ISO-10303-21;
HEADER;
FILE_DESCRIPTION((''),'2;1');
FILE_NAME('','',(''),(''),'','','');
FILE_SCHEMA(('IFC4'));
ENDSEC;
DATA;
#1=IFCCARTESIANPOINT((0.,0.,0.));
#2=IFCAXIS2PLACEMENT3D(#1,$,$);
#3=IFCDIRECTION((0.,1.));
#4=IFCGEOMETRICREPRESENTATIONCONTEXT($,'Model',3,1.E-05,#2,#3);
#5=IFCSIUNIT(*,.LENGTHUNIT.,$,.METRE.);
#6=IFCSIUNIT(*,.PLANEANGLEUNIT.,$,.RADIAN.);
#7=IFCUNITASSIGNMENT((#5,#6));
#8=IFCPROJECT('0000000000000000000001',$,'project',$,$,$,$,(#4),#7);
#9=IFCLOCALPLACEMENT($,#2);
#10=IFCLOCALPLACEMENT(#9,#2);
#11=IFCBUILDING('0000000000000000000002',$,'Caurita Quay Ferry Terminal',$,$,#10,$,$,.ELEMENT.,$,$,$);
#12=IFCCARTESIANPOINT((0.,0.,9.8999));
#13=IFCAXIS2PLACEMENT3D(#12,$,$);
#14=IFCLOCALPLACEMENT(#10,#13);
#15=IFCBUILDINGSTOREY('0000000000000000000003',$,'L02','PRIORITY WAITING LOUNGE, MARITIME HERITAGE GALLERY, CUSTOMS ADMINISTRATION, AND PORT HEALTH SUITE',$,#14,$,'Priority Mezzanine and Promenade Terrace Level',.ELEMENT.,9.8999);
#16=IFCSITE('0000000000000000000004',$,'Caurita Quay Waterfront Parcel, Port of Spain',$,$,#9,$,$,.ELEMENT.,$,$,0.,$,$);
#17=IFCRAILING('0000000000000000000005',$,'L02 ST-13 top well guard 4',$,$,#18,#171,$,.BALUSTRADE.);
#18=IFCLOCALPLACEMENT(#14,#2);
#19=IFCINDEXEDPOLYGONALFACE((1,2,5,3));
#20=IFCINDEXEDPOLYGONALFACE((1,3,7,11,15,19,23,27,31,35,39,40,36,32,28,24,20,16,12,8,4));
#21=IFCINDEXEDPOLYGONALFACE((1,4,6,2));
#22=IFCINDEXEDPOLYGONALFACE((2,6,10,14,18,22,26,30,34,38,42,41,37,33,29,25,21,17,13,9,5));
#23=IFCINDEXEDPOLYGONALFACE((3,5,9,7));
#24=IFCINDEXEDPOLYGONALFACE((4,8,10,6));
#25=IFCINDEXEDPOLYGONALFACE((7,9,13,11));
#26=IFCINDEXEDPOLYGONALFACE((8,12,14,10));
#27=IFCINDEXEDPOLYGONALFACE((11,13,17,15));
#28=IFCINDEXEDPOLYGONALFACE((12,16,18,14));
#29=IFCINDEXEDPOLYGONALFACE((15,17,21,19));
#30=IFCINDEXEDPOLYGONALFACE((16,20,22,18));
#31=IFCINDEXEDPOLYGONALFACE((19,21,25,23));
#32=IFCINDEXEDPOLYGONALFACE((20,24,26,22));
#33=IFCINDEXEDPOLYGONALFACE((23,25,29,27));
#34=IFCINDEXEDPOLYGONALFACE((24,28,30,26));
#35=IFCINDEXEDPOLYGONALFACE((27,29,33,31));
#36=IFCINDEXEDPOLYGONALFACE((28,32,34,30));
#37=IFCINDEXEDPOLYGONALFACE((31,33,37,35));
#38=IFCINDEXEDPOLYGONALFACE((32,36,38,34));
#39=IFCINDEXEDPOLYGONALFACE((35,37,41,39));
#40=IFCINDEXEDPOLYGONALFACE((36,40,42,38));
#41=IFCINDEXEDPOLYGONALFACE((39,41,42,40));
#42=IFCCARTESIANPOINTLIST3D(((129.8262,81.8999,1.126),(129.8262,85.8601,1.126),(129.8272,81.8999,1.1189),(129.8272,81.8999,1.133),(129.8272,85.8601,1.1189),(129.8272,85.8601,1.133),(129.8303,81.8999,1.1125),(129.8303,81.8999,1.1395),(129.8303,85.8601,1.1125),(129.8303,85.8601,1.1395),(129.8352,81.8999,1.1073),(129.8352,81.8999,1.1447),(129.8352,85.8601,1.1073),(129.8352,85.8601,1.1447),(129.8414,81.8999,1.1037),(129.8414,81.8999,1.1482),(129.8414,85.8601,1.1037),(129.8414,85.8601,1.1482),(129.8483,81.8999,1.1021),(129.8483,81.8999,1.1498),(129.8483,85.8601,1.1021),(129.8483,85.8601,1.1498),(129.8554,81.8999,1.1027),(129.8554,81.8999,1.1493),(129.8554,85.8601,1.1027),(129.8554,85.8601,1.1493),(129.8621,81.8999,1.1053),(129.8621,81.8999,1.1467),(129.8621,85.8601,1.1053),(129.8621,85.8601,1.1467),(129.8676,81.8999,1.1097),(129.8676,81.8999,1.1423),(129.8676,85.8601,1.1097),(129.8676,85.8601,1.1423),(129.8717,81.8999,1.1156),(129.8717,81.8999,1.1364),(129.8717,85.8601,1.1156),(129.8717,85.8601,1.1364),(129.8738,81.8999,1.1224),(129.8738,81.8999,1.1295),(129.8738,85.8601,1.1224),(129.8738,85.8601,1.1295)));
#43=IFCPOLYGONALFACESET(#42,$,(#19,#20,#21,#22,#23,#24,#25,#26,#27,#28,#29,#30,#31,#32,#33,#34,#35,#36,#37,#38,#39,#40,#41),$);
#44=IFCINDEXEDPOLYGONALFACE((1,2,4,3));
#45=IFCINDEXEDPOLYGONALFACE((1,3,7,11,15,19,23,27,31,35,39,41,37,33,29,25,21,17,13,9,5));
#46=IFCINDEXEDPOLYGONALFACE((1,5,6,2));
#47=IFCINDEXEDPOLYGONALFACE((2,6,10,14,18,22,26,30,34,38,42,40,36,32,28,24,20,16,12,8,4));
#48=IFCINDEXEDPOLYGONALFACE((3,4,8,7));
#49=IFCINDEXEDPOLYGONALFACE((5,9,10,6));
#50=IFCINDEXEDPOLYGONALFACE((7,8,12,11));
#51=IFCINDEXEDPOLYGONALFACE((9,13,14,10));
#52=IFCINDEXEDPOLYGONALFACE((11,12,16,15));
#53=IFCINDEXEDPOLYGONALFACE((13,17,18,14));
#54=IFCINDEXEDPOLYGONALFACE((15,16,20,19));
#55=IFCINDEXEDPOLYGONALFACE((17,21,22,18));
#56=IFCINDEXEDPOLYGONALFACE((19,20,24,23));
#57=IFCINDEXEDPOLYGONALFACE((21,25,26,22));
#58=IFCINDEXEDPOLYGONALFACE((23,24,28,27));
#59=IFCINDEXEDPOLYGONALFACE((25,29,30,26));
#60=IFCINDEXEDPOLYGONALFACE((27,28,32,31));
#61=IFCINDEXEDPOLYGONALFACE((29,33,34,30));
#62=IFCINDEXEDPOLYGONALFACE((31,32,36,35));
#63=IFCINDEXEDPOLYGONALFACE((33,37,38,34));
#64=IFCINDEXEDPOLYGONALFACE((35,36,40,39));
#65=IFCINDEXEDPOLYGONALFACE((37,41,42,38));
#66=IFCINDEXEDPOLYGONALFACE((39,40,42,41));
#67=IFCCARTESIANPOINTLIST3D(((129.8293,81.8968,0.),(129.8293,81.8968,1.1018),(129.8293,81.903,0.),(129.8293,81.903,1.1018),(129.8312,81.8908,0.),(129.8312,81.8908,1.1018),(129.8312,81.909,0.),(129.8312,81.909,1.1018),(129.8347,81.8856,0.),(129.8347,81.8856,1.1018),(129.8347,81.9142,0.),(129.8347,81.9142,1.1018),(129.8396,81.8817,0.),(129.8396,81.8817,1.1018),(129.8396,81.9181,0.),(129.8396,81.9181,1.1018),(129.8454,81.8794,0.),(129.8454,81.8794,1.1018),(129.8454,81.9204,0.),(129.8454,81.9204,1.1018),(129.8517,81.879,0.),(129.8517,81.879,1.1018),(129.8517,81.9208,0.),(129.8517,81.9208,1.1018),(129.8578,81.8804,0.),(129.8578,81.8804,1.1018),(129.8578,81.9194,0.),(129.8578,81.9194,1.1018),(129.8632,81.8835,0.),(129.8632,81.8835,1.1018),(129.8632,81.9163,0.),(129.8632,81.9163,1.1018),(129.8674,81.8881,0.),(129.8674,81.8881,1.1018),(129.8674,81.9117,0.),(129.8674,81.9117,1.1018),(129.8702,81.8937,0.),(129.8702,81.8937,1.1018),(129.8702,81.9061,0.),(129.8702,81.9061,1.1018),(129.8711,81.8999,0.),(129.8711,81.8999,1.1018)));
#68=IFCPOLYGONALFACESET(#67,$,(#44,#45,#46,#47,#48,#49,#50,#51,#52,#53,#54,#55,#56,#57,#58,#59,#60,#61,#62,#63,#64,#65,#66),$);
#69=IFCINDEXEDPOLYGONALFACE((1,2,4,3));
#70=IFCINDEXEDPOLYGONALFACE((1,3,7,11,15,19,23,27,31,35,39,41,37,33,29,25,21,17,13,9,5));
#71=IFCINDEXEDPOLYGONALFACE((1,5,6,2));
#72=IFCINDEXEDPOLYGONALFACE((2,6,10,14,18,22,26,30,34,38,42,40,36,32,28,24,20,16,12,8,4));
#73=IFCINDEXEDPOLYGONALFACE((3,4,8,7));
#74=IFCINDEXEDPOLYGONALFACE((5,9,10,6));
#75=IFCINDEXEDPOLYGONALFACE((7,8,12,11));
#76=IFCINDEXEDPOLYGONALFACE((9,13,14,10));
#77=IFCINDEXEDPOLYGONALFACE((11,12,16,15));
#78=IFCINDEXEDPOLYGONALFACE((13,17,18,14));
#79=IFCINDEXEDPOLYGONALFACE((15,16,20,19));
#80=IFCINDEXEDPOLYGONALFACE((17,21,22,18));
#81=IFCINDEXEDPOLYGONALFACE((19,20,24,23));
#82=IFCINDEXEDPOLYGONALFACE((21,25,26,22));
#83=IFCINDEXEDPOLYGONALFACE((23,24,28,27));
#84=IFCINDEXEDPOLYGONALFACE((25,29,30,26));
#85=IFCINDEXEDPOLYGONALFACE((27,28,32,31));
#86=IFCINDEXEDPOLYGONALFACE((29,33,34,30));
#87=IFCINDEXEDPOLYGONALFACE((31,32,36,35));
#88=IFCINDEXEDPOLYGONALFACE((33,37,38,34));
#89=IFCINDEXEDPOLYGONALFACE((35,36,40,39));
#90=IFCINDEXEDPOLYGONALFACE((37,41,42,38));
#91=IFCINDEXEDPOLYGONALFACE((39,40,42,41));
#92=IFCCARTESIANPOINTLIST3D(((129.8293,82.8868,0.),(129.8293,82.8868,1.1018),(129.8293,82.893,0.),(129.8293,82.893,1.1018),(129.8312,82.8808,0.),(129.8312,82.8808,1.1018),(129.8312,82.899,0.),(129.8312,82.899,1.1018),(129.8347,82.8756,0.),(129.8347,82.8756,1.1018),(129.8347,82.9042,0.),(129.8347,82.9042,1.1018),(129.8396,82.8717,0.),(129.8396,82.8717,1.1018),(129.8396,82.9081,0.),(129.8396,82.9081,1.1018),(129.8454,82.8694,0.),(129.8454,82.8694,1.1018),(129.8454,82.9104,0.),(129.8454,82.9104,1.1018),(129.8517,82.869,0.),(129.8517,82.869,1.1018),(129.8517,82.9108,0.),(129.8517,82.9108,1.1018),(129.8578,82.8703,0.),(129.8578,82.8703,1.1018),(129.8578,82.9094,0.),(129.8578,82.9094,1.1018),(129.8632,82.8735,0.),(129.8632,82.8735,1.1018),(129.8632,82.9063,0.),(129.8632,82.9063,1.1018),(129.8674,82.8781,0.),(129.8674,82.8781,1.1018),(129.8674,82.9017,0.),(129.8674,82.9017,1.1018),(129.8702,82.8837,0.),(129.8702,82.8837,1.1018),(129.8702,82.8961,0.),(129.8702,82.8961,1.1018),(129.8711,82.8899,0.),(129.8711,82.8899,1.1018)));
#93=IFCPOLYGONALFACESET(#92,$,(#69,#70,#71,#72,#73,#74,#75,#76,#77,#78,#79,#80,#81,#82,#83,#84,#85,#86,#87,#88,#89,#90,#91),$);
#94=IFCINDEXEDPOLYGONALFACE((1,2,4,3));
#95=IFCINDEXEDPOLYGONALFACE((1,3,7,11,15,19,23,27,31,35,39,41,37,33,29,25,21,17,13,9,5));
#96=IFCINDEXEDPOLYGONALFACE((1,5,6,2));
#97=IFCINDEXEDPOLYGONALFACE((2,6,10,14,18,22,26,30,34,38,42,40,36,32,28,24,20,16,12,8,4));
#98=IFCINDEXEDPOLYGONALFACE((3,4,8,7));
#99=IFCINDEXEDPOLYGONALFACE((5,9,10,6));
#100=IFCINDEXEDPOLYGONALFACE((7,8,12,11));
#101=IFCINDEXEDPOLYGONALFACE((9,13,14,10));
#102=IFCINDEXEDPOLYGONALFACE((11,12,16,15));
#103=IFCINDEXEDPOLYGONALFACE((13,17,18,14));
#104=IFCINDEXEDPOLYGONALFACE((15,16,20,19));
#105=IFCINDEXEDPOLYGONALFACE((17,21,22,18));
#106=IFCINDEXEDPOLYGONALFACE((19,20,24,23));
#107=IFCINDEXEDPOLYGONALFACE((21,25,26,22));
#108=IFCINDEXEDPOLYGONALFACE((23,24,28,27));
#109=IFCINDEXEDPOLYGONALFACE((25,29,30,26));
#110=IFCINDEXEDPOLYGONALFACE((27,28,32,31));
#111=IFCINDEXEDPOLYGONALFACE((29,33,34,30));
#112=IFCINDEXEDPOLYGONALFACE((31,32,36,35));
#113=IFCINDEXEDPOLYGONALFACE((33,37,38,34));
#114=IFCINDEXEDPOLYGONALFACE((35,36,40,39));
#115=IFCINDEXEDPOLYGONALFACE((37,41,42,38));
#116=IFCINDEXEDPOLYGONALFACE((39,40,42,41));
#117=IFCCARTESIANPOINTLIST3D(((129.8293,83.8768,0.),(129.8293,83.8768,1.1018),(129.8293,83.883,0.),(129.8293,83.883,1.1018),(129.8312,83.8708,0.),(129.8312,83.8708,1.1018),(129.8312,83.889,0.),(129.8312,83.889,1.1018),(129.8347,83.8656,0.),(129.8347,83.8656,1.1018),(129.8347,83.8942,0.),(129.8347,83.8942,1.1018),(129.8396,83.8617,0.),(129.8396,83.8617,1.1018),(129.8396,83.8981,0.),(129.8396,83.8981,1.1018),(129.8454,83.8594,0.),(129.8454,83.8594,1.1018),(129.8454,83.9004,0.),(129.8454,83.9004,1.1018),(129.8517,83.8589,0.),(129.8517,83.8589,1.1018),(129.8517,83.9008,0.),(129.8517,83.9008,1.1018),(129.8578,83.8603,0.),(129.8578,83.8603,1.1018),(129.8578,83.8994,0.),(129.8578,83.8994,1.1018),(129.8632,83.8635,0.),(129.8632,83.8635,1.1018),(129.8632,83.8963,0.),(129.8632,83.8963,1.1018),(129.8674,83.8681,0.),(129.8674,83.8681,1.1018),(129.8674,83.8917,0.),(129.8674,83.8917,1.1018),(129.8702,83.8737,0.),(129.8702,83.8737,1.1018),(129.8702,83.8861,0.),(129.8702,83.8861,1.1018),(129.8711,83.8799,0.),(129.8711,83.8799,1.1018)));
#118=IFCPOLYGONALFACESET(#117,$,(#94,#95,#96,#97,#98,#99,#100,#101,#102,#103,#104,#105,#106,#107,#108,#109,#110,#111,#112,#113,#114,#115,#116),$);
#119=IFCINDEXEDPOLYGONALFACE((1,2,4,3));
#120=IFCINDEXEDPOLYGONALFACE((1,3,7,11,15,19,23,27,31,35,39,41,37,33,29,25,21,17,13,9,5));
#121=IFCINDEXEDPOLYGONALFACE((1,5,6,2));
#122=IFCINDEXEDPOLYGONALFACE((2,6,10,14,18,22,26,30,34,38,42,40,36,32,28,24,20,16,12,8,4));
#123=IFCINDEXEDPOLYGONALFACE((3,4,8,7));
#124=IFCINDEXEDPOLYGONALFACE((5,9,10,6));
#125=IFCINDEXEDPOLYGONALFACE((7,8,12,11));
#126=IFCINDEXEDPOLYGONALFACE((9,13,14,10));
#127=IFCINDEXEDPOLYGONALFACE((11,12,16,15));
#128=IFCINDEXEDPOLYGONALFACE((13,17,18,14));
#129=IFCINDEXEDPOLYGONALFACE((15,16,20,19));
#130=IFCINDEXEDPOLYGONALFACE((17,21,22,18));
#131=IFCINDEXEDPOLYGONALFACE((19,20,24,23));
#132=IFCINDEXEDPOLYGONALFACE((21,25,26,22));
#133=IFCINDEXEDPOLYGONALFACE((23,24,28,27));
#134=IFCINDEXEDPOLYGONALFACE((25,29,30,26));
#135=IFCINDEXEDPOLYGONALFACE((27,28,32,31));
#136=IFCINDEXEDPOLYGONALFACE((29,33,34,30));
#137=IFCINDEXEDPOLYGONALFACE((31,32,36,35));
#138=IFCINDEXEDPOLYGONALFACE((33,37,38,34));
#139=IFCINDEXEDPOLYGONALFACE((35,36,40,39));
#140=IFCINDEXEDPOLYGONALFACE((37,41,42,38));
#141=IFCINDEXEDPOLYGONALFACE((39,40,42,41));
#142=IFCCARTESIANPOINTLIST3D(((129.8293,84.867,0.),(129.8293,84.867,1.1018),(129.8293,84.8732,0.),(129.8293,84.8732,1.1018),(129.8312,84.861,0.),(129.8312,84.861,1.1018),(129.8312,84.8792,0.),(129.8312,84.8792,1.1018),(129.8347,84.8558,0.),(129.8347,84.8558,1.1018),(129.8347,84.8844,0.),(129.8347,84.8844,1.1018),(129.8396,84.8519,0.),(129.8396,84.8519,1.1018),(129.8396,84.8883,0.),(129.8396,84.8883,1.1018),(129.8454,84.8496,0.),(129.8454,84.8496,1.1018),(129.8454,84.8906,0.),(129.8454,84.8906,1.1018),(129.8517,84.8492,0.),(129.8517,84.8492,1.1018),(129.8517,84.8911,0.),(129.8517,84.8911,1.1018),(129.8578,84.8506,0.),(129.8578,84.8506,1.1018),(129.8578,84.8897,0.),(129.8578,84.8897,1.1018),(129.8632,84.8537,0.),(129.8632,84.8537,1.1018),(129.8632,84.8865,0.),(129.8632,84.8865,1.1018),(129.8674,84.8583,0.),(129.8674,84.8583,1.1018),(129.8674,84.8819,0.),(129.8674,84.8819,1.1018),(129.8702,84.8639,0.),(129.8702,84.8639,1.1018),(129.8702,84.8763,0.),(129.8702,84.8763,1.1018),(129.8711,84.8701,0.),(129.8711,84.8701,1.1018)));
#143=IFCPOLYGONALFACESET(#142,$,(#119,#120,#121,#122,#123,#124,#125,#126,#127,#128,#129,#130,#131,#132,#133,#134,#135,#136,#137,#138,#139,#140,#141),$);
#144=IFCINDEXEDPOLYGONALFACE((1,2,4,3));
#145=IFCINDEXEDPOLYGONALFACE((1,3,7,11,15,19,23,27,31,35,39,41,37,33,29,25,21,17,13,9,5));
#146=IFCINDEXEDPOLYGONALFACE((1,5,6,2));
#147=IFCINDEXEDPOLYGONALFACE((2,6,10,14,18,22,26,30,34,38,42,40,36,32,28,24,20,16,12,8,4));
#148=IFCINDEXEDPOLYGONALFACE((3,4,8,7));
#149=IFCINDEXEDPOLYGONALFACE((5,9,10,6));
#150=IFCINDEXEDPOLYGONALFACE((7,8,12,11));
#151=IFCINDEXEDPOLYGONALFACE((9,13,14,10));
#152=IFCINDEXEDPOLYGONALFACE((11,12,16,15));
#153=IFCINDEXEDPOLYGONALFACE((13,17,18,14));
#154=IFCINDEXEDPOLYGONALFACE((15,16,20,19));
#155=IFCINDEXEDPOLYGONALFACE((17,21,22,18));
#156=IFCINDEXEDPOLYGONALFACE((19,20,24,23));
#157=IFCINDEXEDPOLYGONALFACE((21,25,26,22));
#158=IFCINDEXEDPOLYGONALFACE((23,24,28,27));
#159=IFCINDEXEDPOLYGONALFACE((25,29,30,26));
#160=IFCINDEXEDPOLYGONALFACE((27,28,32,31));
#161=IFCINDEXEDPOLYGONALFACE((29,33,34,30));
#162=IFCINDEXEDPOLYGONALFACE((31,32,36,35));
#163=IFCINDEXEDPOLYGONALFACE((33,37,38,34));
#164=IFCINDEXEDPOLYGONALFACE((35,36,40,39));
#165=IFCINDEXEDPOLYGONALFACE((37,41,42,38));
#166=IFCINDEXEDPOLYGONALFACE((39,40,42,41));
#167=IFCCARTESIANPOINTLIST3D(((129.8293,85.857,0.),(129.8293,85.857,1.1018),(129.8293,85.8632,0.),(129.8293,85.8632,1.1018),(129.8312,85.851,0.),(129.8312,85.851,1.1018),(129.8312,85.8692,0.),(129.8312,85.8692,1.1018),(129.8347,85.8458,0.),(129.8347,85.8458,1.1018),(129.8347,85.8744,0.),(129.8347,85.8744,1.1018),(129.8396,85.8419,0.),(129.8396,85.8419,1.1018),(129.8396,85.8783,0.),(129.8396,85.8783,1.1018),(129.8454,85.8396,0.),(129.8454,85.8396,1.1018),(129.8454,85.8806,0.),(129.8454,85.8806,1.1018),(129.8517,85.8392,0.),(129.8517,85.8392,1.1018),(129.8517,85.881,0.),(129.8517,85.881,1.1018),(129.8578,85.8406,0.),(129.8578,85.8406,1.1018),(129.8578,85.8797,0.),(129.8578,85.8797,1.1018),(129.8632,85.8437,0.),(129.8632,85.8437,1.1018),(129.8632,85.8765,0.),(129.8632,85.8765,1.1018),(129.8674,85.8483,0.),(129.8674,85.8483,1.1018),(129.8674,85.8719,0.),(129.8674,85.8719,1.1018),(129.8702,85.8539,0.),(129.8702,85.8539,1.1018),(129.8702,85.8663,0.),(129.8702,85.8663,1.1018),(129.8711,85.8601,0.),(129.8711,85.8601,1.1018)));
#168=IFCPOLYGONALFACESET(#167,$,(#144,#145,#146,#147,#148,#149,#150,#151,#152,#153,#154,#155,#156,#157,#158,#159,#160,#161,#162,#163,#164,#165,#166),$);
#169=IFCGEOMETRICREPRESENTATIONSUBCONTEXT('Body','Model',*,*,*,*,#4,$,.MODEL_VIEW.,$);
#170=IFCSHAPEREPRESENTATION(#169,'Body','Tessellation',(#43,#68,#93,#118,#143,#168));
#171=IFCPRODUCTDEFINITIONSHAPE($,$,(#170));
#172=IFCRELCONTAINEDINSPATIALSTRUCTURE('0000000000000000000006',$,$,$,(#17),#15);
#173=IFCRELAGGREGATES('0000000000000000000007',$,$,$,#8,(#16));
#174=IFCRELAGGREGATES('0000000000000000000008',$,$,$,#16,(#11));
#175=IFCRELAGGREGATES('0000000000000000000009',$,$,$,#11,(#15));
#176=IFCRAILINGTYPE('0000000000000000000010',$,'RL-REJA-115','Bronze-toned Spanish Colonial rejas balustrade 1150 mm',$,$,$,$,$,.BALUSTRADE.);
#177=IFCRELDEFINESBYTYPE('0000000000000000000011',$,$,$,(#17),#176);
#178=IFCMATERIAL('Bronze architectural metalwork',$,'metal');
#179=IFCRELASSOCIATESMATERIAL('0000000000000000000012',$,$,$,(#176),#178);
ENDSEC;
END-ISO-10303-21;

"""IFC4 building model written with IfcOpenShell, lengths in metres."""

from ifc_helpers import new_model, si_unit, direction, frame, origin, origin_2d, place, context, subcontext, project, spatial, circle, extrude, material, type_object, element, save


model = new_model("IFC4")

# Units and contexts
model_context = context("Model", 3, precision=1e-05, world=origin(), true_north=direction((0.0, 1.0)))
body_context = subcontext(model_context, "Body", "Model", "MODEL_VIEW")
ifc_project = project(units=[si_unit("LENGTHUNIT", "METRE"), si_unit("PLANEANGLEUNIT", "RADIAN")], contexts=[model_context])

# Site, building, storey
site_placement = place(None, origin())
site = spatial("IfcSite", under=ifc_project, at=site_placement, Name="Caurita Quay Waterfront Parcel, Port of Spain", CompositionType="ELEMENT", RefElevation=0.0)
building_placement = place(site_placement, origin())
building = spatial("IfcBuilding", under=site, at=building_placement, Name="Caurita Quay Ferry Terminal", CompositionType="ELEMENT")
storey_placement = place(building_placement, frame((0.0, 0.0, 9.8999)))
storey = spatial("IfcBuildingStorey", under=building, at=storey_placement, Name="L02", Description="PRIORITY WAITING LOUNGE, MARITIME HERITAGE GALLERY, CUSTOMS ADMINISTRATION, AND PORT HEALTH SUITE", LongName="Priority Mezzanine and Promenade Terrace Level", CompositionType="ELEMENT", Elevation=9.8999)

# Railing
ifc_material_1 = material(Name="Bronze architectural metalwork", Category="metal")
railing_type = type_object("IfcRailingType", Name="RL-REJA-115", Description="Bronze-toned Spanish Colonial rejas balustrade 1150 mm", PredefinedType="BALUSTRADE", material=ifc_material_1)
railing_1_placement = place(storey_placement, frame((129.8501, 81.8999, 0.0)))
element("IfcRailing", 1, at=railing_1_placement, inside=storey, type_object=railing_type, Name="L02 ST-13 top well guard 4", PredefinedType="BALUSTRADE", context=body_context, shape_type="SweptSolid", body=[
    extrude(circle(Radius=0.0239, at=origin_2d()), frame((0.0, 0.0, 1.126), z_axis=(0.0, 1.0, 0.0), x_axis=(-1.0, 0.0, 0.0)), (0.0, 0.0, 1.0), 3.9602),
    extrude(circle(Radius=0.021, at=origin_2d()), origin(), (0.0, 0.0, 1.0), 1.1018),
    extrude(circle(Radius=0.021, at=origin_2d()), frame((0.0, 0.99, 0.0)), (0.0, 0.0, 1.0), 1.1018),
    extrude(circle(Radius=0.021, at=origin_2d()), frame((0.0, 1.98, 0.0)), (0.0, 0.0, 1.0), 1.1018),
    extrude(circle(Radius=0.021, at=origin_2d()), frame((0.0, 2.9702, 0.0)), (0.0, 0.0, 1.0), 1.1018),
    extrude(circle(Radius=0.021, at=origin_2d()), frame((0.0, 3.9602, 0.0)), (0.0, 0.0, 1.0), 1.1018),
])

save(model, "model.ifc")
